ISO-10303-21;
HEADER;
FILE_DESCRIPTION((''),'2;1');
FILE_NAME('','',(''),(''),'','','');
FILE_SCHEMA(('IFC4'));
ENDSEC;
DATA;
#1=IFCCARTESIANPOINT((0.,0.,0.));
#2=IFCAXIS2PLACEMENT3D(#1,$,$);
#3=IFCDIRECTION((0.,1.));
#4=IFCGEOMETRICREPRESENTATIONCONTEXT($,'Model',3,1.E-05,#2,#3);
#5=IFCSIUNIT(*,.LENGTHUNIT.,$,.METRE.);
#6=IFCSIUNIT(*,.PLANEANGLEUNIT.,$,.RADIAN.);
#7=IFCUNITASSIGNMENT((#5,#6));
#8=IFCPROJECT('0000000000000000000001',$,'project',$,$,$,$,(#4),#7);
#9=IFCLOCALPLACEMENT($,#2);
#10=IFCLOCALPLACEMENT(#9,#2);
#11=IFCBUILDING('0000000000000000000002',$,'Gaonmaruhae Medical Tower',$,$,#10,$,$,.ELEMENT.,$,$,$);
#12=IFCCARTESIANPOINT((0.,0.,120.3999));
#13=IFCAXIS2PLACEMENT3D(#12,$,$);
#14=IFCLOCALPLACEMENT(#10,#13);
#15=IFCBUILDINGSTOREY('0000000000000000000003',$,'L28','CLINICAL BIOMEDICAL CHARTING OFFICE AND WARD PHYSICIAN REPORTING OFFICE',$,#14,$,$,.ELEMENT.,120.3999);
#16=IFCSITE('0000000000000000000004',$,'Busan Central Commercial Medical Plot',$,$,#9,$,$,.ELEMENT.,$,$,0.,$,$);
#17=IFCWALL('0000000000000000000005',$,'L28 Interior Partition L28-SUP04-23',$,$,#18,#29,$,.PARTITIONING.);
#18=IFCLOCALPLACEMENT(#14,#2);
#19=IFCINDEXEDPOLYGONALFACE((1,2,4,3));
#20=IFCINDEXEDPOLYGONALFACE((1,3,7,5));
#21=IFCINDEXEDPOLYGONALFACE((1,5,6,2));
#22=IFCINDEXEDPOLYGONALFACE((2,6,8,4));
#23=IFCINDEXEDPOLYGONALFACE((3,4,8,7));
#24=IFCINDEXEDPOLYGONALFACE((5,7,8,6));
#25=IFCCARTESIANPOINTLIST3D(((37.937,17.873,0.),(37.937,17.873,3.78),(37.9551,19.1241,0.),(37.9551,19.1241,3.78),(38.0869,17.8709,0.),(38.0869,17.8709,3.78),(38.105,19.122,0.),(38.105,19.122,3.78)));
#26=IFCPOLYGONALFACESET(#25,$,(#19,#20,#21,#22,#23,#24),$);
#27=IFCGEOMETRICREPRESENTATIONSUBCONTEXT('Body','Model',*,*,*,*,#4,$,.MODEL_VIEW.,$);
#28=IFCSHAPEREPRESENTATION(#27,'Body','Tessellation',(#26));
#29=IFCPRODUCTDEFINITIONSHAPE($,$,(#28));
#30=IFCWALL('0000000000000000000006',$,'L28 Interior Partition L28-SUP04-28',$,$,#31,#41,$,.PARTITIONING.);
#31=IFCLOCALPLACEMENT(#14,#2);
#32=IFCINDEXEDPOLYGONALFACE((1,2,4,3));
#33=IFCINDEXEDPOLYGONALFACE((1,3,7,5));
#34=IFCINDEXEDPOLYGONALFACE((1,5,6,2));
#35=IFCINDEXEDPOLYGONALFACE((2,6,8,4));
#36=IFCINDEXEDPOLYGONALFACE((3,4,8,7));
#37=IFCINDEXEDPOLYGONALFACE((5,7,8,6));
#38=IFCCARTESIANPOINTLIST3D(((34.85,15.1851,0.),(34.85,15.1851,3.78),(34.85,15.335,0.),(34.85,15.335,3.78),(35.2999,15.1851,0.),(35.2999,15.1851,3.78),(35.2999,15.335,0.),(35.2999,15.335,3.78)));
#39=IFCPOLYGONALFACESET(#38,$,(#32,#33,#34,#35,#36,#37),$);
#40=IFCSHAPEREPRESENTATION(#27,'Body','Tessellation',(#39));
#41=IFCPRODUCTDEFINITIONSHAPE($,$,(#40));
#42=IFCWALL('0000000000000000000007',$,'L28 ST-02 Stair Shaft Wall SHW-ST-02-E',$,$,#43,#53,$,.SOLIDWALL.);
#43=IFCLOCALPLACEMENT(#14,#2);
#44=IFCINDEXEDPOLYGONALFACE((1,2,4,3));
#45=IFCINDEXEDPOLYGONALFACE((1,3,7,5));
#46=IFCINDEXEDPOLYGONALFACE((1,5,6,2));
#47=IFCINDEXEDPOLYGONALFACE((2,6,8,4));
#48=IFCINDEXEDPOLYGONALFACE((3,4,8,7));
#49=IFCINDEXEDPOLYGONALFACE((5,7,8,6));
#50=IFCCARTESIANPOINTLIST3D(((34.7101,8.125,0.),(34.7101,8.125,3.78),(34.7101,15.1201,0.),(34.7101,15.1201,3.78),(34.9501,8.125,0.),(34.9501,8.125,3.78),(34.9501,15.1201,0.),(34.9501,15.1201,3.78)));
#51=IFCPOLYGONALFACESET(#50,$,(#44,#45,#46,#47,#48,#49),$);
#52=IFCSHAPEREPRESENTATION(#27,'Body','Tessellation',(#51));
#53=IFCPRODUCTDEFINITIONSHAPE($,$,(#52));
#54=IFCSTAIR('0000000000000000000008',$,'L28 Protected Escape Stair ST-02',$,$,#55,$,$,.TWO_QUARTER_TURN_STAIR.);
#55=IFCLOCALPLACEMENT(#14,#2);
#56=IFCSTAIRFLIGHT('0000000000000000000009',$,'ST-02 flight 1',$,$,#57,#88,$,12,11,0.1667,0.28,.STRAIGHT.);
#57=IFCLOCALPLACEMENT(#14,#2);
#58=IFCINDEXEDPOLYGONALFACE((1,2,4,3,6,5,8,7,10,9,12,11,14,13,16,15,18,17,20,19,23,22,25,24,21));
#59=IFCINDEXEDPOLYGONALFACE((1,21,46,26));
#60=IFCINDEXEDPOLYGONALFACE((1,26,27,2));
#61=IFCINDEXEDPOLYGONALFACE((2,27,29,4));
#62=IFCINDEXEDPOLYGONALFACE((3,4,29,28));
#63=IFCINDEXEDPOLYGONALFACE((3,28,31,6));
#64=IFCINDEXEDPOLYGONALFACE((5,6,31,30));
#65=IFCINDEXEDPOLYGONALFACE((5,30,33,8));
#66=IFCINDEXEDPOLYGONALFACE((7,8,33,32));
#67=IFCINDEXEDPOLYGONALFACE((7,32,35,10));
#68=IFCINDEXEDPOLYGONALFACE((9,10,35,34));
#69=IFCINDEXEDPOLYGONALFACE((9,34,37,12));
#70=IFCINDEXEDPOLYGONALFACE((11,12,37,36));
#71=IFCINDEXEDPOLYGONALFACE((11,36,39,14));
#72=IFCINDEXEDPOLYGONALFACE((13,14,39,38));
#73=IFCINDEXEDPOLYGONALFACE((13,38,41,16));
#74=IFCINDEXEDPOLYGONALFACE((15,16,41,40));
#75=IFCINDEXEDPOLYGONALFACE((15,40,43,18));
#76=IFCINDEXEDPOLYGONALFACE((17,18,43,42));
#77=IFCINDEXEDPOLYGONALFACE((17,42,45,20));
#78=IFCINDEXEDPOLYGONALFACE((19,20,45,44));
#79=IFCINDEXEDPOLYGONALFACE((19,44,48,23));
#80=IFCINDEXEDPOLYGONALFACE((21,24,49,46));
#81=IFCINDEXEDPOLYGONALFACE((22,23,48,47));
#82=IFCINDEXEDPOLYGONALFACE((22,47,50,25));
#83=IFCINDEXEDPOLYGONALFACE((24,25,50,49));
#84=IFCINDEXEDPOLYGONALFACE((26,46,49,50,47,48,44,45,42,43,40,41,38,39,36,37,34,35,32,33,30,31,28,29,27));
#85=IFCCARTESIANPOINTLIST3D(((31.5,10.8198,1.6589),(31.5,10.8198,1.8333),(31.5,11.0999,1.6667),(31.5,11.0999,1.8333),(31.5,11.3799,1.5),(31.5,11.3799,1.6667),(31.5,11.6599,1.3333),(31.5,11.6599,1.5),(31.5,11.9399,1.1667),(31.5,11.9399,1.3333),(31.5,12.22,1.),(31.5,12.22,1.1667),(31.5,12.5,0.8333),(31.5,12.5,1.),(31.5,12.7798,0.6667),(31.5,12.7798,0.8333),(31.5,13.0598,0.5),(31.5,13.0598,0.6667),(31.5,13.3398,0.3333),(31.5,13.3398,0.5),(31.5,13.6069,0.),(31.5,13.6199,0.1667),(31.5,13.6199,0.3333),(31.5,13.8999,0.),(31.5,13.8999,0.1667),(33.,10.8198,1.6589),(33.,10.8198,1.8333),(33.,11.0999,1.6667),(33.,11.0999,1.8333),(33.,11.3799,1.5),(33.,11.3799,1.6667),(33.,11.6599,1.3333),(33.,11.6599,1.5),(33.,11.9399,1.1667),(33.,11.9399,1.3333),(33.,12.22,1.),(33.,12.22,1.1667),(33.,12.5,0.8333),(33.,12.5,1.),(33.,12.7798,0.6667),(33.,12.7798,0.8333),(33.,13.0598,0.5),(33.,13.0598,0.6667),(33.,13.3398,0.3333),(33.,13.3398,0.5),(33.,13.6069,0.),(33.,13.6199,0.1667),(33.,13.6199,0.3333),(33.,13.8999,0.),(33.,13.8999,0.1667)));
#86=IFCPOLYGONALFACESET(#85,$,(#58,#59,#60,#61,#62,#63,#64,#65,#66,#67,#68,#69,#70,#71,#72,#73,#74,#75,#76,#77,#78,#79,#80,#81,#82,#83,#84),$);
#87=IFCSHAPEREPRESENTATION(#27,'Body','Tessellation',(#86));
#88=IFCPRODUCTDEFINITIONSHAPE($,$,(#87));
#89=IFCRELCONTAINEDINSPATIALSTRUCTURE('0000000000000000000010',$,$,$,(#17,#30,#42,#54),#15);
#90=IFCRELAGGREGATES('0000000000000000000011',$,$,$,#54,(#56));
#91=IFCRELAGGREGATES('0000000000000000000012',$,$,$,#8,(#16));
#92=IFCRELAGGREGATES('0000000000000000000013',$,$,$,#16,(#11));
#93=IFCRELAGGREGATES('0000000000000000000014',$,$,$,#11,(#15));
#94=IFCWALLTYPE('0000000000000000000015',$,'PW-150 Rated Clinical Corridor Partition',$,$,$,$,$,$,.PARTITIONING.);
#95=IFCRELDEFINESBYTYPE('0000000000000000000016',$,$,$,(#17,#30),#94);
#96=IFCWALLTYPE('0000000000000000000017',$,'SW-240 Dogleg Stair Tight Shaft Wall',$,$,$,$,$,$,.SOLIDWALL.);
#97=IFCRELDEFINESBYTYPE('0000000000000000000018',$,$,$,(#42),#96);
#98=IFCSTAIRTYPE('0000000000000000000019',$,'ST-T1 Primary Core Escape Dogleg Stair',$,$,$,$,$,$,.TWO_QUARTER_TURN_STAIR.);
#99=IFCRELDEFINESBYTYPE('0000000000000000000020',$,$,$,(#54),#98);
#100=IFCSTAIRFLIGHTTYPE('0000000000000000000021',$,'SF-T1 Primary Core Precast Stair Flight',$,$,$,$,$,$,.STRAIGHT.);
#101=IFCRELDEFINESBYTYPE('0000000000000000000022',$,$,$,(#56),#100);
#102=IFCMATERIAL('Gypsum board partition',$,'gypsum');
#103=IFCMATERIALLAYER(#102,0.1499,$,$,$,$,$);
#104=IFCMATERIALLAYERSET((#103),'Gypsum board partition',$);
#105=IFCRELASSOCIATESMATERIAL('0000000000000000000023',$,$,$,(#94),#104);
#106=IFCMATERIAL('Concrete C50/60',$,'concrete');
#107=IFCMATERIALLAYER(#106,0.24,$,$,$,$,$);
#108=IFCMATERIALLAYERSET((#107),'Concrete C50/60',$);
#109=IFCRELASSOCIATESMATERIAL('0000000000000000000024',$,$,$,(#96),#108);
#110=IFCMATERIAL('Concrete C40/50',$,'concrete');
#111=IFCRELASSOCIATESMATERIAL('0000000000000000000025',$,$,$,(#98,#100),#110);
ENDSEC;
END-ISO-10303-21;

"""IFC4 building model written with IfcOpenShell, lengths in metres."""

from ifc_helpers import new_model, si_unit, direction, frame, frame_2d, origin, place, context, subcontext, project, spatial, polyline, rectangle, outline, extrude, material, layer, layer_set, type_object, element, aggregate, save


model = new_model("IFC4")

# Units and contexts
model_context = context("Model", 3, precision=1e-05, world=origin(), true_north=direction((0.0, 1.0)))
body_context = subcontext(model_context, "Body", "Model", "MODEL_VIEW")
ifc_project = project(units=[si_unit("LENGTHUNIT", "METRE"), si_unit("PLANEANGLEUNIT", "RADIAN")], contexts=[model_context])

# Site, building, storey
site_placement = place(None, origin())
site = spatial("IfcSite", under=ifc_project, at=site_placement, Name="Busan Central Commercial Medical Plot", CompositionType="ELEMENT", RefElevation=0.0)
building_placement = place(site_placement, origin())
building = spatial("IfcBuilding", under=site, at=building_placement, Name="Gaonmaruhae Medical Tower", CompositionType="ELEMENT")
storey_placement = place(building_placement, frame((0.0, 0.0, 120.3999)))
storey = spatial("IfcBuildingStorey", under=building, at=storey_placement, Name="L28", Description="CLINICAL BIOMEDICAL CHARTING OFFICE AND WARD PHYSICIAN REPORTING OFFICE", CompositionType="ELEMENT", Elevation=120.3999)

# Shared definitions
ifc_material_1 = material(Name="Gypsum board partition", Category="gypsum")
ifc_layer_1 = layer(ifc_material_1, 0.1499)
ifc_layer_set_1 = layer_set([ifc_layer_1], Name="Gypsum board partition")
wall_type_1 = type_object("IfcWallType", Name="PW-150 Rated Clinical Corridor Partition", PredefinedType="PARTITIONING", material=ifc_layer_set_1)

# Walls
wall_1_placement = place(storey_placement, frame((38.012, 17.8721, 0.0), z_axis=(0.0, 0.0, 1.0), x_axis=(0.01444, 0.999896, 0.0)))
element("IfcWall", 1, at=wall_1_placement, inside=storey, type_object=wall_type_1, Name="L28 Interior Partition L28-SUP04-23", PredefinedType="PARTITIONING", context=body_context, shape_type="SweptSolid", body=[
    extrude(rectangle(XDim=1.2512, YDim=0.1499, at=frame_2d((0.6255, 0.0))), origin(), (0.0, 0.0, 1.0), 3.78),
])
wall_2_placement = place(storey_placement, frame((35.3, 15.26, 0.0), z_axis=(0.0, 0.0, 1.0), x_axis=(-1.0, 0.0, 0.0)))
element("IfcWall", 2, at=wall_2_placement, inside=storey, type_object=wall_type_1, Name="L28 Interior Partition L28-SUP04-28", PredefinedType="PARTITIONING", context=body_context, shape_type="SweptSolid", body=[
    extrude(rectangle(XDim=0.45, YDim=0.1499, at=frame_2d((0.2251, 0.0))), origin(), (0.0, 0.0, 1.0), 3.78),
])

# Shared definitions
ifc_material_2 = material(Name="Concrete C50/60", Category="concrete")
ifc_layer_2 = layer(ifc_material_2, 0.24)
ifc_layer_set_2 = layer_set([ifc_layer_2], Name="Concrete C50/60")
wall_type_2 = type_object("IfcWallType", Name="SW-240 Dogleg Stair Tight Shaft Wall", PredefinedType="SOLIDWALL", material=ifc_layer_set_2)

# Wall
wall_3_placement = place(storey_placement, frame((34.8301, 15.1201, 0.0), z_axis=(0.0, 0.0, 1.0), x_axis=(0.0, -1.0, 0.0)))
element("IfcWall", 3, at=wall_3_placement, inside=storey, type_object=wall_type_2, Name="L28 ST-02 Stair Shaft Wall SHW-ST-02-E", PredefinedType="SOLIDWALL", context=body_context, shape_type="SweptSolid", body=[
    extrude(rectangle(XDim=6.9951, YDim=0.24, at=frame_2d((3.4976, 0.0))), origin(), (0.0, 0.0, 1.0), 3.78),
])

# Stair, stair flight
ifc_material_3 = material(Name="Concrete C40/50", Category="concrete")
stair_type = type_object("IfcStairType", Name="ST-T1 Primary Core Escape Dogleg Stair", PredefinedType="TWO_QUARTER_TURN_STAIR", material=ifc_material_3)
stair_placement = place(storey_placement, origin())
stair = element("IfcStair", 4, at=stair_placement, inside=storey, type_object=stair_type, Name="L28 Protected Escape Stair ST-02", PredefinedType="TWO_QUARTER_TURN_STAIR")
stair_flight_type = type_object("IfcStairFlightType", Name="SF-T1 Primary Core Precast Stair Flight", PredefinedType="STRAIGHT", material=ifc_material_3)
stair_flight_placement = place(storey_placement, frame((32.25, 13.8999, 0.0), z_axis=(0.0, 0.0, 1.0), x_axis=(0.0, -1.0, 0.0)))
stair_flight = element("IfcStairFlight", 5, at=stair_flight_placement, type_object=stair_flight_type, Name="ST-02 flight 1", NumberOfRisers=12, NumberOfTreads=11, PredefinedType="STRAIGHT", RiserHeight=0.1667, TreadLength=0.28, context=body_context, shape_type="SweptSolid", body=[
    extrude(outline(polyline([(0.0, 0.0), (0.0, 0.1667), (0.28, 0.1667), (0.28, 0.3333), (0.5601, 0.3333), (0.5601, 0.5), (0.8401, 0.5), (0.8401, 0.6667), (1.1201, 0.6667), (1.1201, 0.8333), (1.3999, 0.8333), (1.3999, 1.0), (1.6799, 1.0), (1.6799, 1.1667), (1.96, 1.1667), (1.96, 1.3333), (2.24, 1.3333), (2.24, 1.5), (2.52, 1.5), (2.52, 1.6667), (2.8, 1.6667), (2.8, 1.8333), (3.0801, 1.8333), (3.0801, 2.0), (3.0801, 1.6589), (0.293, 0.0), (0.0, 0.0)])), frame((0.0, 0.75, 0.0), z_axis=(0.0, -1.0, 0.0), x_axis=(1.0, 0.0, 0.0)), (0.0, 0.0, 1.0), 1.5),
])
aggregate(stair, [stair_flight])

save(model, "model.ifc")
